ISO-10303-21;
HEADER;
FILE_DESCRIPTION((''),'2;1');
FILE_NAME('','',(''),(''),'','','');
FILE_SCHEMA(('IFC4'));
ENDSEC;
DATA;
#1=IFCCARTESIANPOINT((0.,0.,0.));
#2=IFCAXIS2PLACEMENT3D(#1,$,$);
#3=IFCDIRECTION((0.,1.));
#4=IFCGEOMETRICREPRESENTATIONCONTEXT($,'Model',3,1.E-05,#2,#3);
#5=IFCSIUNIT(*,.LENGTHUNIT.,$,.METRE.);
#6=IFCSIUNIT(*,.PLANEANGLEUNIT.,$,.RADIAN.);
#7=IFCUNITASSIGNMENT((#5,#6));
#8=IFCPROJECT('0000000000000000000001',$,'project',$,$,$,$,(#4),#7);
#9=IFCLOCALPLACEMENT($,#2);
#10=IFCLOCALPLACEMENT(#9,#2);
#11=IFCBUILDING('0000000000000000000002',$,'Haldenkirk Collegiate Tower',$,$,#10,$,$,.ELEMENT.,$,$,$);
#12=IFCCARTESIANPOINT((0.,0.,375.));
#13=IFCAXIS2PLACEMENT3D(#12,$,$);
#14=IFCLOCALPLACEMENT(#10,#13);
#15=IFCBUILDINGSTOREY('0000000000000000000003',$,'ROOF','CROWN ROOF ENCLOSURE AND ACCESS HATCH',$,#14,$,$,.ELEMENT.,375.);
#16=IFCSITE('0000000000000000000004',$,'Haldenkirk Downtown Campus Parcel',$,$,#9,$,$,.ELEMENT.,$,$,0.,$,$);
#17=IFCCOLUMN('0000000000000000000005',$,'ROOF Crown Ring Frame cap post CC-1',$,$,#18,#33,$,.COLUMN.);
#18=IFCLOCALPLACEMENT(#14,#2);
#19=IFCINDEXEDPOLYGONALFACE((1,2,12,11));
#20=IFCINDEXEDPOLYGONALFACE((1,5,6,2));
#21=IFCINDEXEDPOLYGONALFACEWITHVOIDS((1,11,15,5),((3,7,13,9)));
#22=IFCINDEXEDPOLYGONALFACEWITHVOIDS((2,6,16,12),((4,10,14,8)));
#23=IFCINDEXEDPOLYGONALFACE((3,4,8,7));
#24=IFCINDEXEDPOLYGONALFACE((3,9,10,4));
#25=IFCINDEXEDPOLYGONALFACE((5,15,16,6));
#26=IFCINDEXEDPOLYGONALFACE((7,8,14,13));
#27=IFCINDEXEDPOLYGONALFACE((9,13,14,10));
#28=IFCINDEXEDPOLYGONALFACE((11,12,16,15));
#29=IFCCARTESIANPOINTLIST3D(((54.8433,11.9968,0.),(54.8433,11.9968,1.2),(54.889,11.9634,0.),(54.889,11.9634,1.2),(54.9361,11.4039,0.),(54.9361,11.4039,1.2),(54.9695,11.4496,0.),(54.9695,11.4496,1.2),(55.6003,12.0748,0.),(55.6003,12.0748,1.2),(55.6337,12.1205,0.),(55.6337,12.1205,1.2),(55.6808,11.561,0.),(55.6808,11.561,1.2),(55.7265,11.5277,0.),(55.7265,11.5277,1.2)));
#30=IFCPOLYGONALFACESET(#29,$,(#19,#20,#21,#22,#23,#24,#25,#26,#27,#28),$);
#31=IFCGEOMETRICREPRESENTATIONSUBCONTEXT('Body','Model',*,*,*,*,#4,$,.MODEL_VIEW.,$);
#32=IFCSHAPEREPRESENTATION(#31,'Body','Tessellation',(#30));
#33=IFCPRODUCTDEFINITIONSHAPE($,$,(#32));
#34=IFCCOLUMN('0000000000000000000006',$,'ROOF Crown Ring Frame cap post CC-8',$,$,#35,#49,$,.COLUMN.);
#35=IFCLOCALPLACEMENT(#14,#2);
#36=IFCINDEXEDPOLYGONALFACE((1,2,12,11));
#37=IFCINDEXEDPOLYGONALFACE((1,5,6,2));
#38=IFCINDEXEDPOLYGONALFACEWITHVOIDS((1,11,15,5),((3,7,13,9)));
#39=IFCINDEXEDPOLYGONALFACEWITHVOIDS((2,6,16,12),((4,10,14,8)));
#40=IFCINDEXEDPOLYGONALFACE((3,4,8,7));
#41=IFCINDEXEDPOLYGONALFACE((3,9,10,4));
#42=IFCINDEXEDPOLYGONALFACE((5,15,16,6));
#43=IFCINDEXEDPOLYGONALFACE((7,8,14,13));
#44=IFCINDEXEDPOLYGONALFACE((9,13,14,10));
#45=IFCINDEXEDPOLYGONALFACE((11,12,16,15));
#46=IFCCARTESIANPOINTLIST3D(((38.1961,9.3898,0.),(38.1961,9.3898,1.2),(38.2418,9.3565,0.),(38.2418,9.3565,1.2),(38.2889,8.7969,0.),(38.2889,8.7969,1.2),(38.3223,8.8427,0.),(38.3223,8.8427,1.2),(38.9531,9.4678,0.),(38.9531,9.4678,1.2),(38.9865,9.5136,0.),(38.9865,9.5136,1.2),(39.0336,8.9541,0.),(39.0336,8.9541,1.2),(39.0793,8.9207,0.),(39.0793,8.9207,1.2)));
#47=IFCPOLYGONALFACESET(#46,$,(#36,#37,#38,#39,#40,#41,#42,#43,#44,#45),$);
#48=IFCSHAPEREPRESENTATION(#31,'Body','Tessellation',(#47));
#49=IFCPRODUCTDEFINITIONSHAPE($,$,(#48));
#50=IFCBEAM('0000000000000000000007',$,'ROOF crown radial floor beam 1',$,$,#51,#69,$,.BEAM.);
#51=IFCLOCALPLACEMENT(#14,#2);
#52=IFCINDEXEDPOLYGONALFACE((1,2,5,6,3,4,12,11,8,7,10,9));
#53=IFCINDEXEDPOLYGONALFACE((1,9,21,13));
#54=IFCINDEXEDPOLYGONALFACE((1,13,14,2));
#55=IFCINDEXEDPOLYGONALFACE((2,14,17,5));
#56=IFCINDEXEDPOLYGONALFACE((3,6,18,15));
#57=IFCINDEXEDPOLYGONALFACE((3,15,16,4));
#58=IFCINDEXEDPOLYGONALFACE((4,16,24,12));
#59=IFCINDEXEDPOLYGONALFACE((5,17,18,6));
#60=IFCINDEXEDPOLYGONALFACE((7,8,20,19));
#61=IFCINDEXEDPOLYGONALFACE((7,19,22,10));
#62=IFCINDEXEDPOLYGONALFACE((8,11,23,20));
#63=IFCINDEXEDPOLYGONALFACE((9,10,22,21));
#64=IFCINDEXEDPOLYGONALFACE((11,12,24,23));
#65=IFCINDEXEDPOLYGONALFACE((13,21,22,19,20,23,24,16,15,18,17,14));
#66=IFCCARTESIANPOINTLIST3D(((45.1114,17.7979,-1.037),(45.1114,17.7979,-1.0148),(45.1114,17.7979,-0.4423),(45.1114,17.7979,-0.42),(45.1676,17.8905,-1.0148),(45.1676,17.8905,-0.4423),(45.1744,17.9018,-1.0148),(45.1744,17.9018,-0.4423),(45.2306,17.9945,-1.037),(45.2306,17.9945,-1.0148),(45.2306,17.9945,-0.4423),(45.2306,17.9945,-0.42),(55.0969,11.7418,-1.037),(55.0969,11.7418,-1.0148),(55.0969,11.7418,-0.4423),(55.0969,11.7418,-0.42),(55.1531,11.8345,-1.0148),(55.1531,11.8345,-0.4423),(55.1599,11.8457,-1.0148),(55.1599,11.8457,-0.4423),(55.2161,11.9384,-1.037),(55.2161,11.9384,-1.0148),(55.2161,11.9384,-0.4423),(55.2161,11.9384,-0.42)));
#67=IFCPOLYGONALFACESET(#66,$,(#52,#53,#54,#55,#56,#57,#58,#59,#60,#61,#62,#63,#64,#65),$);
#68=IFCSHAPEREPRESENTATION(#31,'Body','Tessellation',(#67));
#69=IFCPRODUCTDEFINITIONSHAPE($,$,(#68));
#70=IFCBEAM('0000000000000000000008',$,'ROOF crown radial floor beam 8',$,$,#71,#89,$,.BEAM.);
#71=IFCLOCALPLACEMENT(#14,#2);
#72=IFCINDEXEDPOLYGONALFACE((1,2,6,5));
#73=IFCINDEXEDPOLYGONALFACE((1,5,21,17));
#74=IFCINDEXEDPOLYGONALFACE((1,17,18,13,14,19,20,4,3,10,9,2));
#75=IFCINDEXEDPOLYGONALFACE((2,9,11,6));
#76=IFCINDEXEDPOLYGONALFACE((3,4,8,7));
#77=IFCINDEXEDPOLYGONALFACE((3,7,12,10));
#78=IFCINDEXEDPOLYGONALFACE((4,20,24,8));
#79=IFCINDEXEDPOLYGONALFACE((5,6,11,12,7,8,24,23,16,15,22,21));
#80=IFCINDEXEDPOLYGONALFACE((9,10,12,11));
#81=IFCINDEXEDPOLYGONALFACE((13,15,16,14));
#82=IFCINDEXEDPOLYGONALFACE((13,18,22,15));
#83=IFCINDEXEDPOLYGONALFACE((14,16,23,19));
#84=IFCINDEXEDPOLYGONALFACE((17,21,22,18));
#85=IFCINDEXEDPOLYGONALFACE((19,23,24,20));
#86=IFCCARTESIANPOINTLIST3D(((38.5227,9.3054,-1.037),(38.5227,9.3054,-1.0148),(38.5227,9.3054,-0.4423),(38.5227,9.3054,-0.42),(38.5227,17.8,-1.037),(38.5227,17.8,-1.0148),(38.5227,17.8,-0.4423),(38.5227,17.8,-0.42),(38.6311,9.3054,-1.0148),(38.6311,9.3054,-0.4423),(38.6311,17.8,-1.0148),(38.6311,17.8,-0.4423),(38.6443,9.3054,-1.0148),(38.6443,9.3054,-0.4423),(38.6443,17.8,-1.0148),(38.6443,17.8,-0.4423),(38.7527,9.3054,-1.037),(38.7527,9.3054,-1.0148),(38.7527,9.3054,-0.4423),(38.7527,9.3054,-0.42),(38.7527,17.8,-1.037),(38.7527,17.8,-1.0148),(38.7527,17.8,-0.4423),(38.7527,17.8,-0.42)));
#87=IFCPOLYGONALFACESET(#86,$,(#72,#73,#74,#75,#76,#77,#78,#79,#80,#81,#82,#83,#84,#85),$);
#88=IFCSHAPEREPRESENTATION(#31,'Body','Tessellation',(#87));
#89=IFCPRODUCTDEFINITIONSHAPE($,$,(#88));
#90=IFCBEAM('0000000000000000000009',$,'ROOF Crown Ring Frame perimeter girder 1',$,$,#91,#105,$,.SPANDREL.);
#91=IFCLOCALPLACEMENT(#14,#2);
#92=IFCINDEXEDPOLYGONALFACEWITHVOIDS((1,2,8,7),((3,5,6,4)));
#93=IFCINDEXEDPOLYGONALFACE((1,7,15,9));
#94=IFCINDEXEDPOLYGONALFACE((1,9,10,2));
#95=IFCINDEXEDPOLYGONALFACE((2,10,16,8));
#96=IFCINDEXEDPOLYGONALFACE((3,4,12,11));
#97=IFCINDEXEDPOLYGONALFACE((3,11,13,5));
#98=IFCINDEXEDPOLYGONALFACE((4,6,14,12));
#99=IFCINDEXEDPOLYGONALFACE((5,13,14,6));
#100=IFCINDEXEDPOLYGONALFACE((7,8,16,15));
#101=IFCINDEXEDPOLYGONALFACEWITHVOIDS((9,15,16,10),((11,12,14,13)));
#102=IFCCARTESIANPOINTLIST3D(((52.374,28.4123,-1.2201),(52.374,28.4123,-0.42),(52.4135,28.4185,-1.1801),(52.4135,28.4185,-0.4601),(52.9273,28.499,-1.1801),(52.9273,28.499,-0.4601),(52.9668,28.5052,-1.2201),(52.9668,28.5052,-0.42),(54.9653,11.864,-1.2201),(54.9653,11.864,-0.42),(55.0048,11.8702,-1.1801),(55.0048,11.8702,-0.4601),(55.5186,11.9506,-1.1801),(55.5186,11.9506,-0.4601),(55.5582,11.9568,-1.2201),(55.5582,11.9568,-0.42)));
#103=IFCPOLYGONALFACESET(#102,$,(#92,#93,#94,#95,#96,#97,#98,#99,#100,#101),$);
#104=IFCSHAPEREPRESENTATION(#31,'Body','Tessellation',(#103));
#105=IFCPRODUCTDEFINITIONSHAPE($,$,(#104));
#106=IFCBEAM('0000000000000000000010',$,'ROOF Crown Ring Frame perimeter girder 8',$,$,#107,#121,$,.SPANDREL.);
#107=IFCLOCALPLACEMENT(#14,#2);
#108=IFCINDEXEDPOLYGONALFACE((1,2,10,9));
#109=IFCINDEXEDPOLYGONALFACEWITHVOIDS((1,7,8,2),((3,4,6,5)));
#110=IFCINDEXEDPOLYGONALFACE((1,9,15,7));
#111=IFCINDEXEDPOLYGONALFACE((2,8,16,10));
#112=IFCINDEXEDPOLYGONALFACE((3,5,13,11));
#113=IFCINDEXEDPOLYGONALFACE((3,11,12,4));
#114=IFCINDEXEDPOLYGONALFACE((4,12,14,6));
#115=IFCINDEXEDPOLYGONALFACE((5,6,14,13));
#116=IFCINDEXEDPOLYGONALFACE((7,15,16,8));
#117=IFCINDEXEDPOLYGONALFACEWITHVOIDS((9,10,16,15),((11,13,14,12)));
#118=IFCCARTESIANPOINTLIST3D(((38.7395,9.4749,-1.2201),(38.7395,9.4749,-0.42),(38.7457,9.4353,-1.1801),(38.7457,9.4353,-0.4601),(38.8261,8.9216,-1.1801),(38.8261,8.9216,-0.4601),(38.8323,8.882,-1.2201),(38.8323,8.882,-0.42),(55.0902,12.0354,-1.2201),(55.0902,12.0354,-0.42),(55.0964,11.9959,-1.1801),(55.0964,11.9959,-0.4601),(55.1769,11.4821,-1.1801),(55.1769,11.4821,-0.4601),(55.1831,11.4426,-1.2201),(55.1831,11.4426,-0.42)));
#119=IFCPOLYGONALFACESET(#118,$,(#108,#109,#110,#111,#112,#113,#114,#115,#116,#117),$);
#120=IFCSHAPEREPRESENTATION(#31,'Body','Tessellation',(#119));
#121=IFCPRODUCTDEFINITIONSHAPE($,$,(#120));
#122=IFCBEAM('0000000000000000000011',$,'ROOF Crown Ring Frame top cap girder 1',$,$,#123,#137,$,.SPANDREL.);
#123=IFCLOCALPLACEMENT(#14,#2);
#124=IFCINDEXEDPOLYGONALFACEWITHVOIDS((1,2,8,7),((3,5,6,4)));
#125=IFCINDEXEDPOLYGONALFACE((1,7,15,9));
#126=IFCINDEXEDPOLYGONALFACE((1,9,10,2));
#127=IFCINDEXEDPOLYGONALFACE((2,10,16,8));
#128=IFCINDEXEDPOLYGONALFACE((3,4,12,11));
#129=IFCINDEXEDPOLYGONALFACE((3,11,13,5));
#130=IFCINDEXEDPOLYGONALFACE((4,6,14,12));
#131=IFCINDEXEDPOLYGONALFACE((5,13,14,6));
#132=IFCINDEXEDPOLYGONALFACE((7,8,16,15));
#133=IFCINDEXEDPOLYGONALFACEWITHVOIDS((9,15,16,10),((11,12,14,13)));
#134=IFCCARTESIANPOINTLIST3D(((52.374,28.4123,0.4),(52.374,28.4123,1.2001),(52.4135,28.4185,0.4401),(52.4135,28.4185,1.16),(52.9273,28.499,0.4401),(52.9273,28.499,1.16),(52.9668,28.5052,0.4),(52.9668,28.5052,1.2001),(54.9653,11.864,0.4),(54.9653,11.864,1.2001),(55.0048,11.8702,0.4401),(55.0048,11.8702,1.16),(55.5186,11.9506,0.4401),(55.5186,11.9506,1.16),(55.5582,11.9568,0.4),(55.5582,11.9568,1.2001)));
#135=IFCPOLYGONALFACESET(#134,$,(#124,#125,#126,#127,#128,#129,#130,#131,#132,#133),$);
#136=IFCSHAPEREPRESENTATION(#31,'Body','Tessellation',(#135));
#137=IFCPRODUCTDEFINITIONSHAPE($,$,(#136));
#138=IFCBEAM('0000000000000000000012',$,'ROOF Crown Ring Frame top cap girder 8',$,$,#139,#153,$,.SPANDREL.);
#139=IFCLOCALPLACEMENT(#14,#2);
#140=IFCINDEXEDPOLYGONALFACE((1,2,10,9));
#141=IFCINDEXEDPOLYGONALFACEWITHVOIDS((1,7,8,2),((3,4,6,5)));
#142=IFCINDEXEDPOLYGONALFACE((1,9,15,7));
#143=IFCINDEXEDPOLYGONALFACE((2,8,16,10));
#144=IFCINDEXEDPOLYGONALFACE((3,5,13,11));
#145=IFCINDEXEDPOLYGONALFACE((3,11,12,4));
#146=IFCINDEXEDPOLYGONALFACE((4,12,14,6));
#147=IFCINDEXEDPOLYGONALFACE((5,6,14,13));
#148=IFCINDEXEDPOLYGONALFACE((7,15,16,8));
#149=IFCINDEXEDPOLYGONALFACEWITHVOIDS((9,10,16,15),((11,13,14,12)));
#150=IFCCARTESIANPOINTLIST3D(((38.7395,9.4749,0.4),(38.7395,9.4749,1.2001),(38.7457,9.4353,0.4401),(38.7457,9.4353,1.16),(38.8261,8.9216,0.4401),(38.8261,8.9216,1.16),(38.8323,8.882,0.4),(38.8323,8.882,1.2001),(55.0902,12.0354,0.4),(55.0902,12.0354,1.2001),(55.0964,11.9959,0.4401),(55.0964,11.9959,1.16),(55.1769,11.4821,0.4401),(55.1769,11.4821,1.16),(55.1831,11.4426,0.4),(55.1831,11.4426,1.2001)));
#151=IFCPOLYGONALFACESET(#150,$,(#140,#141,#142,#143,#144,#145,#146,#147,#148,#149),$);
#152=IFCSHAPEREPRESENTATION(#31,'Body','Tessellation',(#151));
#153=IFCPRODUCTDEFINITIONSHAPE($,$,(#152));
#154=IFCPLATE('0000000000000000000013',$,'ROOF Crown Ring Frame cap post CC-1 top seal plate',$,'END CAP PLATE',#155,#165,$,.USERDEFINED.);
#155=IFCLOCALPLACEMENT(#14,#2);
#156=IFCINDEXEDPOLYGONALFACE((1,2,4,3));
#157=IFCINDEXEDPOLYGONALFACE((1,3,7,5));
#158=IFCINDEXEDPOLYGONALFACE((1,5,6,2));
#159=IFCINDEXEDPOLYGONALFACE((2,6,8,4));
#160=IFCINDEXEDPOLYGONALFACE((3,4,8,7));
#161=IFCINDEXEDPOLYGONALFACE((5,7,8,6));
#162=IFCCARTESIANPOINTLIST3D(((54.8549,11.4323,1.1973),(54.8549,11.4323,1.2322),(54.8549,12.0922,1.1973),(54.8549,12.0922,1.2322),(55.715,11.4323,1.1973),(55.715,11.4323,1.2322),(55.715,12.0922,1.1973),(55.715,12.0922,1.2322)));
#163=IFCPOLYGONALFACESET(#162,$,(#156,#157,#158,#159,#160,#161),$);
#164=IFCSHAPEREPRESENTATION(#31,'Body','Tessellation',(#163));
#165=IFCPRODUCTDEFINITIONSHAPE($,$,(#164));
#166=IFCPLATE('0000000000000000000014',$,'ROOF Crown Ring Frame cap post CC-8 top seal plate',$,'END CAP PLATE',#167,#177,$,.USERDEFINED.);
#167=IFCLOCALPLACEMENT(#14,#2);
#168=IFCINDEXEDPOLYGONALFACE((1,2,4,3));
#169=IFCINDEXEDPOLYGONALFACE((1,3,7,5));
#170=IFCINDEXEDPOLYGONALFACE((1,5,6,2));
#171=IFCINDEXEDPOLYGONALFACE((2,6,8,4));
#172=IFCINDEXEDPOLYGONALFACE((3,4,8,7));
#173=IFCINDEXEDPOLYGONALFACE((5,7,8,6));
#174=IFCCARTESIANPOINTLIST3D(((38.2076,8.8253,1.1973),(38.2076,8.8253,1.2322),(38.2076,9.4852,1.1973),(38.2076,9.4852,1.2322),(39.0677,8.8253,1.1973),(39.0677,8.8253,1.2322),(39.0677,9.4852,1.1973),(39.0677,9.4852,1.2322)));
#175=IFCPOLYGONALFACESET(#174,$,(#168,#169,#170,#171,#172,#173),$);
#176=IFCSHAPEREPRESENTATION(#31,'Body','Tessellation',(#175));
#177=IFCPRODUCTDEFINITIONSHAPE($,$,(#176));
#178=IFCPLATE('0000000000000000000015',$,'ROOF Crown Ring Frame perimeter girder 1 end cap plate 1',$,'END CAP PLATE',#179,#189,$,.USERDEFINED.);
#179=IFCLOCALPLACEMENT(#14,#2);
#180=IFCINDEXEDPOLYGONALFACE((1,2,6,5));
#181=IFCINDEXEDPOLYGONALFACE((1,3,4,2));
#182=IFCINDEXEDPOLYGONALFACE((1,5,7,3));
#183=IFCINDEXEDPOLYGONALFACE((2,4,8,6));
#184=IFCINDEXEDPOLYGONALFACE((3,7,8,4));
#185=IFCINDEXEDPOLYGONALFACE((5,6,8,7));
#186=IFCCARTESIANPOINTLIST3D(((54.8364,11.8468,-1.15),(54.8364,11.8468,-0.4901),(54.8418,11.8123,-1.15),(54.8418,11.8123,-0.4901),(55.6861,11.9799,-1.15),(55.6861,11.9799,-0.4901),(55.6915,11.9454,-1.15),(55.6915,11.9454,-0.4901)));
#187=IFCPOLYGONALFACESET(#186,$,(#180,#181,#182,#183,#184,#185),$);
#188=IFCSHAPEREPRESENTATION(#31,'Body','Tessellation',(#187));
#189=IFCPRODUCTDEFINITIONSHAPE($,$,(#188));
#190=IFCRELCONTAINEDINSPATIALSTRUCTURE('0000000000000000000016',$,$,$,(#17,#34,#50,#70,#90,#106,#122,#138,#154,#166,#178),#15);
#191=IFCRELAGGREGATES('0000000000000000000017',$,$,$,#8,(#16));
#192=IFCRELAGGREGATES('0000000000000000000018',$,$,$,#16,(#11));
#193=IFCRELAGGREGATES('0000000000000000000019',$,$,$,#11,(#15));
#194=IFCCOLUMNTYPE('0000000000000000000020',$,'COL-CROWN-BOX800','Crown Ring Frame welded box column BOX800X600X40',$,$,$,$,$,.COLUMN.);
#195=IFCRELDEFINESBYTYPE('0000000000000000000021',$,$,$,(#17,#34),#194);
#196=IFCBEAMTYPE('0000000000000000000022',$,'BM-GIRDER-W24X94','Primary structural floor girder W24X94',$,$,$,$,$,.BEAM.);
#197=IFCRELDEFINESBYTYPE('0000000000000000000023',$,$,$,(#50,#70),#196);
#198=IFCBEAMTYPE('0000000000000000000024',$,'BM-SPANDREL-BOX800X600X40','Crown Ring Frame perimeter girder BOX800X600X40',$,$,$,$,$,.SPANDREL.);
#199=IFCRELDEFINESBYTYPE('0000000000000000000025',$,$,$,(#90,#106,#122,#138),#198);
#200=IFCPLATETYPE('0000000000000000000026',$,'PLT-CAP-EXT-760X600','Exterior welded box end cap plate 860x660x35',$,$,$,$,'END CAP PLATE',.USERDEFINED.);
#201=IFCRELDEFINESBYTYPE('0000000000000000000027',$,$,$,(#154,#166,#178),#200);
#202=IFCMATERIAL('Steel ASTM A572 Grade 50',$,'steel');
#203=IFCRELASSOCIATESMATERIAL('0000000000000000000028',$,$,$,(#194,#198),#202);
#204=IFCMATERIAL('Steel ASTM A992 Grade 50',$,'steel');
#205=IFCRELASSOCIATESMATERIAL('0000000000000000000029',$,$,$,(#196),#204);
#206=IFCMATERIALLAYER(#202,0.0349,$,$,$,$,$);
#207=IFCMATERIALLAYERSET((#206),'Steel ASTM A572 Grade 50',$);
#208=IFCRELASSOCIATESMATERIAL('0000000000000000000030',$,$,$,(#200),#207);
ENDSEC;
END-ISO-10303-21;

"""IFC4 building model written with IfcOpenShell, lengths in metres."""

from ifc_helpers import new_model, si_unit, direction, frame, origin, origin_2d, place, context, subcontext, project, spatial, rectangle, hollow_rectangle, i_section, extrude, source, transform, mapped, material, layer, layer_set, material_profile, profile_set, type_object, element, save


model = new_model("IFC4")

# Units and contexts
model_context = context("Model", 3, precision=1e-05, world=origin(), true_north=direction((0.0, 1.0)))
body_context = subcontext(model_context, "Body", "Model", "MODEL_VIEW")
ifc_project = project(units=[si_unit("LENGTHUNIT", "METRE"), si_unit("PLANEANGLEUNIT", "RADIAN")], contexts=[model_context])

# Site, building, storey
site_placement = place(None, origin())
site = spatial("IfcSite", under=ifc_project, at=site_placement, Name="Haldenkirk Downtown Campus Parcel", CompositionType="ELEMENT", RefElevation=0.0)
building_placement = place(site_placement, origin())
building = spatial("IfcBuilding", under=site, at=building_placement, Name="Haldenkirk Collegiate Tower", CompositionType="ELEMENT")
storey_placement = place(building_placement, frame((0.0, 0.0, 375.0)))
storey = spatial("IfcBuildingStorey", under=building, at=storey_placement, Name="ROOF", Description="CROWN ROOF ENCLOSURE AND ACCESS HATCH", CompositionType="ELEMENT", Elevation=375.0)

# Columns
ifc_material_1 = material(Name="Steel ASTM A572 Grade 50", Category="steel")
ifc_material_profile_1 = material_profile(ifc_material_1, hollow_rectangle(XDim=0.6001, YDim=0.8, WallThickness=0.04, at=origin_2d()), Name="BOX800X600X40")
ifc_profile_set_1 = profile_set([ifc_material_profile_1], Name="Steel ASTM A572 Grade 50")
column_type = type_object("IfcColumnType", Name="COL-CROWN-BOX800", Description="Crown Ring Frame welded box column BOX800X600X40", PredefinedType="COLUMN", material=ifc_profile_set_1)
for number, where, z_axis, x_axis, name in (
    (1, (55.2849, 11.7622, 0.0), (0.0, 0.0, 1.0), (-0.15471, 0.98796, 0.0), "ROOF Crown Ring Frame cap post CC-1"),
    (2, (38.6377, 9.1553, 0.0), (0.0, 0.0, 1.0), (-0.15471, 0.98796, 0.0), "ROOF Crown Ring Frame cap post CC-8"),
):
    element("IfcColumn", number, at=place(storey_placement, frame(where, z_axis=z_axis, x_axis=x_axis)), inside=storey, type_object=column_type, Name=name, PredefinedType="COLUMN", context=body_context, shape_type="SweptSolid", body=[
        extrude(hollow_rectangle(XDim=0.6001, YDim=0.8, WallThickness=0.04, at=origin_2d()), origin(), (0.0, 0.0, 1.0), 1.2),
    ])

# Beams
ifc_material_2 = material(Name="Steel ASTM A992 Grade 50", Category="steel")
ifc_material_profile_2 = material_profile(ifc_material_2, i_section(OverallWidth=0.23, OverallDepth=0.6169, WebThickness=0.0132, FlangeThickness=0.0222, at=origin_2d()), Name="W24X94")
ifc_profile_set_2 = profile_set([ifc_material_profile_2], Name="Steel ASTM A992 Grade 50")
beam_type_1 = type_object("IfcBeamType", Name="BM-GIRDER-W24X94", Description="Primary structural floor girder W24X94", PredefinedType="BEAM", material=ifc_profile_set_2)
beam_1_placement = place(storey_placement, frame((55.1565, 11.8401, -0.7285), z_axis=(-0.855035, 0.518569, 0.0), x_axis=(-0.518569, -0.855035, 0.0)))
element("IfcBeam", 3, at=beam_1_placement, inside=storey, type_object=beam_type_1, Name="ROOF crown radial floor beam 1", PredefinedType="BEAM", context=body_context, shape_type="SweptSolid", body=[
    extrude(i_section(OverallWidth=0.23, OverallDepth=0.6169, WebThickness=0.0132, FlangeThickness=0.0222, at=origin_2d()), origin(), (0.0, 0.0, 1.0), 11.6785),
])
beam_2_placement = place(storey_placement, frame((38.6377, 9.3054, -0.7285), z_axis=(0.0, 1.0, 0.0), x_axis=(-1.0, 0.0, 0.0)))
element("IfcBeam", 4, at=beam_2_placement, inside=storey, type_object=beam_type_1, Name="ROOF crown radial floor beam 8", PredefinedType="BEAM", context=body_context, shape_type="SweptSolid", body=[
    extrude(i_section(OverallWidth=0.23, OverallDepth=0.6169, WebThickness=0.0132, FlangeThickness=0.0222, at=origin_2d()), origin(), (0.0, 0.0, 1.0), 8.4946),
])
ifc_material_profile_3 = material_profile(ifc_material_1, hollow_rectangle(XDim=0.6001, YDim=0.8, WallThickness=0.04, at=origin_2d()), Name="BOX800X600X40")
ifc_profile_set_3 = profile_set([ifc_material_profile_3], Name="Steel ASTM A572 Grade 50")
beam_type_2 = type_object("IfcBeamType", Name="BM-SPANDREL-BOX800X600X40", Description="Crown Ring Frame perimeter girder BOX800X600X40", PredefinedType="SPANDREL", material=ifc_profile_set_3)
beam_3_placement = place(storey_placement, frame((55.2617, 11.9104, -0.8201), z_axis=(-0.154705, 0.987961, 0.0), x_axis=(-0.987961, -0.154705, 0.0)))
element("IfcBeam", 5, at=beam_3_placement, inside=storey, type_object=beam_type_2, Name="ROOF Crown Ring Frame perimeter girder 1", PredefinedType="SPANDREL", context=body_context, shape_type="SweptSolid", body=[
    extrude(hollow_rectangle(XDim=0.6001, YDim=0.8, WallThickness=0.04, at=origin_2d()), origin(), (0.0, 0.0, 1.0), 16.75),
])
beam_4_placement = place(storey_placement, frame((38.7859, 9.1785, -0.8201), z_axis=(0.987959, 0.154715, 0.0), x_axis=(-0.154715, 0.987959, 0.0)))
element("IfcBeam", 6, at=beam_4_placement, inside=storey, type_object=beam_type_2, Name="ROOF Crown Ring Frame perimeter girder 8", PredefinedType="SPANDREL", context=body_context, shape_type="SweptSolid", body=[
    extrude(hollow_rectangle(XDim=0.6001, YDim=0.8, WallThickness=0.04, at=origin_2d()), origin(), (0.0, 0.0, 1.0), 16.55),
])
beam_5_placement = place(storey_placement, frame((55.2617, 11.9104, 0.8), z_axis=(-0.154705, 0.987961, 0.0), x_axis=(-0.987961, -0.154705, 0.0)))
element("IfcBeam", 7, at=beam_5_placement, inside=storey, type_object=beam_type_2, Name="ROOF Crown Ring Frame top cap girder 1", PredefinedType="SPANDREL", context=body_context, shape_type="SweptSolid", body=[
    extrude(hollow_rectangle(XDim=0.6001, YDim=0.8, WallThickness=0.04, at=origin_2d()), origin(), (0.0, 0.0, 1.0), 16.75),
])
beam_6_placement = place(storey_placement, frame((38.7859, 9.1785, 0.8), z_axis=(0.987959, 0.154715, 0.0), x_axis=(-0.154715, 0.987959, 0.0)))
element("IfcBeam", 8, at=beam_6_placement, inside=storey, type_object=beam_type_2, Name="ROOF Crown Ring Frame top cap girder 8", PredefinedType="SPANDREL", context=body_context, shape_type="SweptSolid", body=[
    extrude(hollow_rectangle(XDim=0.6001, YDim=0.8, WallThickness=0.04, at=origin_2d()), origin(), (0.0, 0.0, 1.0), 16.55),
])

# Plates
ifc_layer_1 = layer(ifc_material_1, 0.0349)
ifc_layer_set_1 = layer_set([ifc_layer_1], Name="Steel ASTM A572 Grade 50")
plate_type = type_object("IfcPlateType", Name="PLT-CAP-EXT-760X600", Description="Exterior welded box end cap plate 860x660x35", ElementType="END CAP PLATE", PredefinedType="USERDEFINED", material=ifc_layer_set_1)
shared_shape = source(origin(), body_context, "Body", "SweptSolid", [
    extrude(rectangle(XDim=0.8601, YDim=0.6599, at=origin_2d()), origin(), (0.0, 0.0, 1.0), 0.0349),
])
for number, where, z_axis, x_axis, name in (
    (9, (55.2849, 11.7622, 1.1973), (0.0, 0.0, 1.0), (1.0, 0.0, 0.0), "ROOF Crown Ring Frame cap post CC-1 top seal plate"),
    (10, (38.6377, 9.1553, 1.1973), (0.0, 0.0, 1.0), (1.0, 0.0, 0.0), "ROOF Crown Ring Frame cap post CC-8 top seal plate"),
    (11, (55.2612, 11.9133, -0.8201), (0.154711, -0.98796, 0.0), (0.98796, 0.154711, 0.0), "ROOF Crown Ring Frame perimeter girder 1 end cap plate 1"),
):
    element("IfcPlate", number, at=place(storey_placement, frame(where, z_axis=z_axis, x_axis=x_axis)), inside=storey, type_object=plate_type, Name=name, ObjectType="END CAP PLATE", PredefinedType="USERDEFINED", context=body_context, shape_type="MappedRepresentation", body=[
        mapped(shared_shape, transform((0.0, 0.0, 0.0), x_axis=(1.0, 0.0, 0.0), y_axis=(0.0, 1.0, 0.0), z_axis=(0.0, 0.0, 1.0), scale=1.0)),
    ])

save(model, "model.ifc")
